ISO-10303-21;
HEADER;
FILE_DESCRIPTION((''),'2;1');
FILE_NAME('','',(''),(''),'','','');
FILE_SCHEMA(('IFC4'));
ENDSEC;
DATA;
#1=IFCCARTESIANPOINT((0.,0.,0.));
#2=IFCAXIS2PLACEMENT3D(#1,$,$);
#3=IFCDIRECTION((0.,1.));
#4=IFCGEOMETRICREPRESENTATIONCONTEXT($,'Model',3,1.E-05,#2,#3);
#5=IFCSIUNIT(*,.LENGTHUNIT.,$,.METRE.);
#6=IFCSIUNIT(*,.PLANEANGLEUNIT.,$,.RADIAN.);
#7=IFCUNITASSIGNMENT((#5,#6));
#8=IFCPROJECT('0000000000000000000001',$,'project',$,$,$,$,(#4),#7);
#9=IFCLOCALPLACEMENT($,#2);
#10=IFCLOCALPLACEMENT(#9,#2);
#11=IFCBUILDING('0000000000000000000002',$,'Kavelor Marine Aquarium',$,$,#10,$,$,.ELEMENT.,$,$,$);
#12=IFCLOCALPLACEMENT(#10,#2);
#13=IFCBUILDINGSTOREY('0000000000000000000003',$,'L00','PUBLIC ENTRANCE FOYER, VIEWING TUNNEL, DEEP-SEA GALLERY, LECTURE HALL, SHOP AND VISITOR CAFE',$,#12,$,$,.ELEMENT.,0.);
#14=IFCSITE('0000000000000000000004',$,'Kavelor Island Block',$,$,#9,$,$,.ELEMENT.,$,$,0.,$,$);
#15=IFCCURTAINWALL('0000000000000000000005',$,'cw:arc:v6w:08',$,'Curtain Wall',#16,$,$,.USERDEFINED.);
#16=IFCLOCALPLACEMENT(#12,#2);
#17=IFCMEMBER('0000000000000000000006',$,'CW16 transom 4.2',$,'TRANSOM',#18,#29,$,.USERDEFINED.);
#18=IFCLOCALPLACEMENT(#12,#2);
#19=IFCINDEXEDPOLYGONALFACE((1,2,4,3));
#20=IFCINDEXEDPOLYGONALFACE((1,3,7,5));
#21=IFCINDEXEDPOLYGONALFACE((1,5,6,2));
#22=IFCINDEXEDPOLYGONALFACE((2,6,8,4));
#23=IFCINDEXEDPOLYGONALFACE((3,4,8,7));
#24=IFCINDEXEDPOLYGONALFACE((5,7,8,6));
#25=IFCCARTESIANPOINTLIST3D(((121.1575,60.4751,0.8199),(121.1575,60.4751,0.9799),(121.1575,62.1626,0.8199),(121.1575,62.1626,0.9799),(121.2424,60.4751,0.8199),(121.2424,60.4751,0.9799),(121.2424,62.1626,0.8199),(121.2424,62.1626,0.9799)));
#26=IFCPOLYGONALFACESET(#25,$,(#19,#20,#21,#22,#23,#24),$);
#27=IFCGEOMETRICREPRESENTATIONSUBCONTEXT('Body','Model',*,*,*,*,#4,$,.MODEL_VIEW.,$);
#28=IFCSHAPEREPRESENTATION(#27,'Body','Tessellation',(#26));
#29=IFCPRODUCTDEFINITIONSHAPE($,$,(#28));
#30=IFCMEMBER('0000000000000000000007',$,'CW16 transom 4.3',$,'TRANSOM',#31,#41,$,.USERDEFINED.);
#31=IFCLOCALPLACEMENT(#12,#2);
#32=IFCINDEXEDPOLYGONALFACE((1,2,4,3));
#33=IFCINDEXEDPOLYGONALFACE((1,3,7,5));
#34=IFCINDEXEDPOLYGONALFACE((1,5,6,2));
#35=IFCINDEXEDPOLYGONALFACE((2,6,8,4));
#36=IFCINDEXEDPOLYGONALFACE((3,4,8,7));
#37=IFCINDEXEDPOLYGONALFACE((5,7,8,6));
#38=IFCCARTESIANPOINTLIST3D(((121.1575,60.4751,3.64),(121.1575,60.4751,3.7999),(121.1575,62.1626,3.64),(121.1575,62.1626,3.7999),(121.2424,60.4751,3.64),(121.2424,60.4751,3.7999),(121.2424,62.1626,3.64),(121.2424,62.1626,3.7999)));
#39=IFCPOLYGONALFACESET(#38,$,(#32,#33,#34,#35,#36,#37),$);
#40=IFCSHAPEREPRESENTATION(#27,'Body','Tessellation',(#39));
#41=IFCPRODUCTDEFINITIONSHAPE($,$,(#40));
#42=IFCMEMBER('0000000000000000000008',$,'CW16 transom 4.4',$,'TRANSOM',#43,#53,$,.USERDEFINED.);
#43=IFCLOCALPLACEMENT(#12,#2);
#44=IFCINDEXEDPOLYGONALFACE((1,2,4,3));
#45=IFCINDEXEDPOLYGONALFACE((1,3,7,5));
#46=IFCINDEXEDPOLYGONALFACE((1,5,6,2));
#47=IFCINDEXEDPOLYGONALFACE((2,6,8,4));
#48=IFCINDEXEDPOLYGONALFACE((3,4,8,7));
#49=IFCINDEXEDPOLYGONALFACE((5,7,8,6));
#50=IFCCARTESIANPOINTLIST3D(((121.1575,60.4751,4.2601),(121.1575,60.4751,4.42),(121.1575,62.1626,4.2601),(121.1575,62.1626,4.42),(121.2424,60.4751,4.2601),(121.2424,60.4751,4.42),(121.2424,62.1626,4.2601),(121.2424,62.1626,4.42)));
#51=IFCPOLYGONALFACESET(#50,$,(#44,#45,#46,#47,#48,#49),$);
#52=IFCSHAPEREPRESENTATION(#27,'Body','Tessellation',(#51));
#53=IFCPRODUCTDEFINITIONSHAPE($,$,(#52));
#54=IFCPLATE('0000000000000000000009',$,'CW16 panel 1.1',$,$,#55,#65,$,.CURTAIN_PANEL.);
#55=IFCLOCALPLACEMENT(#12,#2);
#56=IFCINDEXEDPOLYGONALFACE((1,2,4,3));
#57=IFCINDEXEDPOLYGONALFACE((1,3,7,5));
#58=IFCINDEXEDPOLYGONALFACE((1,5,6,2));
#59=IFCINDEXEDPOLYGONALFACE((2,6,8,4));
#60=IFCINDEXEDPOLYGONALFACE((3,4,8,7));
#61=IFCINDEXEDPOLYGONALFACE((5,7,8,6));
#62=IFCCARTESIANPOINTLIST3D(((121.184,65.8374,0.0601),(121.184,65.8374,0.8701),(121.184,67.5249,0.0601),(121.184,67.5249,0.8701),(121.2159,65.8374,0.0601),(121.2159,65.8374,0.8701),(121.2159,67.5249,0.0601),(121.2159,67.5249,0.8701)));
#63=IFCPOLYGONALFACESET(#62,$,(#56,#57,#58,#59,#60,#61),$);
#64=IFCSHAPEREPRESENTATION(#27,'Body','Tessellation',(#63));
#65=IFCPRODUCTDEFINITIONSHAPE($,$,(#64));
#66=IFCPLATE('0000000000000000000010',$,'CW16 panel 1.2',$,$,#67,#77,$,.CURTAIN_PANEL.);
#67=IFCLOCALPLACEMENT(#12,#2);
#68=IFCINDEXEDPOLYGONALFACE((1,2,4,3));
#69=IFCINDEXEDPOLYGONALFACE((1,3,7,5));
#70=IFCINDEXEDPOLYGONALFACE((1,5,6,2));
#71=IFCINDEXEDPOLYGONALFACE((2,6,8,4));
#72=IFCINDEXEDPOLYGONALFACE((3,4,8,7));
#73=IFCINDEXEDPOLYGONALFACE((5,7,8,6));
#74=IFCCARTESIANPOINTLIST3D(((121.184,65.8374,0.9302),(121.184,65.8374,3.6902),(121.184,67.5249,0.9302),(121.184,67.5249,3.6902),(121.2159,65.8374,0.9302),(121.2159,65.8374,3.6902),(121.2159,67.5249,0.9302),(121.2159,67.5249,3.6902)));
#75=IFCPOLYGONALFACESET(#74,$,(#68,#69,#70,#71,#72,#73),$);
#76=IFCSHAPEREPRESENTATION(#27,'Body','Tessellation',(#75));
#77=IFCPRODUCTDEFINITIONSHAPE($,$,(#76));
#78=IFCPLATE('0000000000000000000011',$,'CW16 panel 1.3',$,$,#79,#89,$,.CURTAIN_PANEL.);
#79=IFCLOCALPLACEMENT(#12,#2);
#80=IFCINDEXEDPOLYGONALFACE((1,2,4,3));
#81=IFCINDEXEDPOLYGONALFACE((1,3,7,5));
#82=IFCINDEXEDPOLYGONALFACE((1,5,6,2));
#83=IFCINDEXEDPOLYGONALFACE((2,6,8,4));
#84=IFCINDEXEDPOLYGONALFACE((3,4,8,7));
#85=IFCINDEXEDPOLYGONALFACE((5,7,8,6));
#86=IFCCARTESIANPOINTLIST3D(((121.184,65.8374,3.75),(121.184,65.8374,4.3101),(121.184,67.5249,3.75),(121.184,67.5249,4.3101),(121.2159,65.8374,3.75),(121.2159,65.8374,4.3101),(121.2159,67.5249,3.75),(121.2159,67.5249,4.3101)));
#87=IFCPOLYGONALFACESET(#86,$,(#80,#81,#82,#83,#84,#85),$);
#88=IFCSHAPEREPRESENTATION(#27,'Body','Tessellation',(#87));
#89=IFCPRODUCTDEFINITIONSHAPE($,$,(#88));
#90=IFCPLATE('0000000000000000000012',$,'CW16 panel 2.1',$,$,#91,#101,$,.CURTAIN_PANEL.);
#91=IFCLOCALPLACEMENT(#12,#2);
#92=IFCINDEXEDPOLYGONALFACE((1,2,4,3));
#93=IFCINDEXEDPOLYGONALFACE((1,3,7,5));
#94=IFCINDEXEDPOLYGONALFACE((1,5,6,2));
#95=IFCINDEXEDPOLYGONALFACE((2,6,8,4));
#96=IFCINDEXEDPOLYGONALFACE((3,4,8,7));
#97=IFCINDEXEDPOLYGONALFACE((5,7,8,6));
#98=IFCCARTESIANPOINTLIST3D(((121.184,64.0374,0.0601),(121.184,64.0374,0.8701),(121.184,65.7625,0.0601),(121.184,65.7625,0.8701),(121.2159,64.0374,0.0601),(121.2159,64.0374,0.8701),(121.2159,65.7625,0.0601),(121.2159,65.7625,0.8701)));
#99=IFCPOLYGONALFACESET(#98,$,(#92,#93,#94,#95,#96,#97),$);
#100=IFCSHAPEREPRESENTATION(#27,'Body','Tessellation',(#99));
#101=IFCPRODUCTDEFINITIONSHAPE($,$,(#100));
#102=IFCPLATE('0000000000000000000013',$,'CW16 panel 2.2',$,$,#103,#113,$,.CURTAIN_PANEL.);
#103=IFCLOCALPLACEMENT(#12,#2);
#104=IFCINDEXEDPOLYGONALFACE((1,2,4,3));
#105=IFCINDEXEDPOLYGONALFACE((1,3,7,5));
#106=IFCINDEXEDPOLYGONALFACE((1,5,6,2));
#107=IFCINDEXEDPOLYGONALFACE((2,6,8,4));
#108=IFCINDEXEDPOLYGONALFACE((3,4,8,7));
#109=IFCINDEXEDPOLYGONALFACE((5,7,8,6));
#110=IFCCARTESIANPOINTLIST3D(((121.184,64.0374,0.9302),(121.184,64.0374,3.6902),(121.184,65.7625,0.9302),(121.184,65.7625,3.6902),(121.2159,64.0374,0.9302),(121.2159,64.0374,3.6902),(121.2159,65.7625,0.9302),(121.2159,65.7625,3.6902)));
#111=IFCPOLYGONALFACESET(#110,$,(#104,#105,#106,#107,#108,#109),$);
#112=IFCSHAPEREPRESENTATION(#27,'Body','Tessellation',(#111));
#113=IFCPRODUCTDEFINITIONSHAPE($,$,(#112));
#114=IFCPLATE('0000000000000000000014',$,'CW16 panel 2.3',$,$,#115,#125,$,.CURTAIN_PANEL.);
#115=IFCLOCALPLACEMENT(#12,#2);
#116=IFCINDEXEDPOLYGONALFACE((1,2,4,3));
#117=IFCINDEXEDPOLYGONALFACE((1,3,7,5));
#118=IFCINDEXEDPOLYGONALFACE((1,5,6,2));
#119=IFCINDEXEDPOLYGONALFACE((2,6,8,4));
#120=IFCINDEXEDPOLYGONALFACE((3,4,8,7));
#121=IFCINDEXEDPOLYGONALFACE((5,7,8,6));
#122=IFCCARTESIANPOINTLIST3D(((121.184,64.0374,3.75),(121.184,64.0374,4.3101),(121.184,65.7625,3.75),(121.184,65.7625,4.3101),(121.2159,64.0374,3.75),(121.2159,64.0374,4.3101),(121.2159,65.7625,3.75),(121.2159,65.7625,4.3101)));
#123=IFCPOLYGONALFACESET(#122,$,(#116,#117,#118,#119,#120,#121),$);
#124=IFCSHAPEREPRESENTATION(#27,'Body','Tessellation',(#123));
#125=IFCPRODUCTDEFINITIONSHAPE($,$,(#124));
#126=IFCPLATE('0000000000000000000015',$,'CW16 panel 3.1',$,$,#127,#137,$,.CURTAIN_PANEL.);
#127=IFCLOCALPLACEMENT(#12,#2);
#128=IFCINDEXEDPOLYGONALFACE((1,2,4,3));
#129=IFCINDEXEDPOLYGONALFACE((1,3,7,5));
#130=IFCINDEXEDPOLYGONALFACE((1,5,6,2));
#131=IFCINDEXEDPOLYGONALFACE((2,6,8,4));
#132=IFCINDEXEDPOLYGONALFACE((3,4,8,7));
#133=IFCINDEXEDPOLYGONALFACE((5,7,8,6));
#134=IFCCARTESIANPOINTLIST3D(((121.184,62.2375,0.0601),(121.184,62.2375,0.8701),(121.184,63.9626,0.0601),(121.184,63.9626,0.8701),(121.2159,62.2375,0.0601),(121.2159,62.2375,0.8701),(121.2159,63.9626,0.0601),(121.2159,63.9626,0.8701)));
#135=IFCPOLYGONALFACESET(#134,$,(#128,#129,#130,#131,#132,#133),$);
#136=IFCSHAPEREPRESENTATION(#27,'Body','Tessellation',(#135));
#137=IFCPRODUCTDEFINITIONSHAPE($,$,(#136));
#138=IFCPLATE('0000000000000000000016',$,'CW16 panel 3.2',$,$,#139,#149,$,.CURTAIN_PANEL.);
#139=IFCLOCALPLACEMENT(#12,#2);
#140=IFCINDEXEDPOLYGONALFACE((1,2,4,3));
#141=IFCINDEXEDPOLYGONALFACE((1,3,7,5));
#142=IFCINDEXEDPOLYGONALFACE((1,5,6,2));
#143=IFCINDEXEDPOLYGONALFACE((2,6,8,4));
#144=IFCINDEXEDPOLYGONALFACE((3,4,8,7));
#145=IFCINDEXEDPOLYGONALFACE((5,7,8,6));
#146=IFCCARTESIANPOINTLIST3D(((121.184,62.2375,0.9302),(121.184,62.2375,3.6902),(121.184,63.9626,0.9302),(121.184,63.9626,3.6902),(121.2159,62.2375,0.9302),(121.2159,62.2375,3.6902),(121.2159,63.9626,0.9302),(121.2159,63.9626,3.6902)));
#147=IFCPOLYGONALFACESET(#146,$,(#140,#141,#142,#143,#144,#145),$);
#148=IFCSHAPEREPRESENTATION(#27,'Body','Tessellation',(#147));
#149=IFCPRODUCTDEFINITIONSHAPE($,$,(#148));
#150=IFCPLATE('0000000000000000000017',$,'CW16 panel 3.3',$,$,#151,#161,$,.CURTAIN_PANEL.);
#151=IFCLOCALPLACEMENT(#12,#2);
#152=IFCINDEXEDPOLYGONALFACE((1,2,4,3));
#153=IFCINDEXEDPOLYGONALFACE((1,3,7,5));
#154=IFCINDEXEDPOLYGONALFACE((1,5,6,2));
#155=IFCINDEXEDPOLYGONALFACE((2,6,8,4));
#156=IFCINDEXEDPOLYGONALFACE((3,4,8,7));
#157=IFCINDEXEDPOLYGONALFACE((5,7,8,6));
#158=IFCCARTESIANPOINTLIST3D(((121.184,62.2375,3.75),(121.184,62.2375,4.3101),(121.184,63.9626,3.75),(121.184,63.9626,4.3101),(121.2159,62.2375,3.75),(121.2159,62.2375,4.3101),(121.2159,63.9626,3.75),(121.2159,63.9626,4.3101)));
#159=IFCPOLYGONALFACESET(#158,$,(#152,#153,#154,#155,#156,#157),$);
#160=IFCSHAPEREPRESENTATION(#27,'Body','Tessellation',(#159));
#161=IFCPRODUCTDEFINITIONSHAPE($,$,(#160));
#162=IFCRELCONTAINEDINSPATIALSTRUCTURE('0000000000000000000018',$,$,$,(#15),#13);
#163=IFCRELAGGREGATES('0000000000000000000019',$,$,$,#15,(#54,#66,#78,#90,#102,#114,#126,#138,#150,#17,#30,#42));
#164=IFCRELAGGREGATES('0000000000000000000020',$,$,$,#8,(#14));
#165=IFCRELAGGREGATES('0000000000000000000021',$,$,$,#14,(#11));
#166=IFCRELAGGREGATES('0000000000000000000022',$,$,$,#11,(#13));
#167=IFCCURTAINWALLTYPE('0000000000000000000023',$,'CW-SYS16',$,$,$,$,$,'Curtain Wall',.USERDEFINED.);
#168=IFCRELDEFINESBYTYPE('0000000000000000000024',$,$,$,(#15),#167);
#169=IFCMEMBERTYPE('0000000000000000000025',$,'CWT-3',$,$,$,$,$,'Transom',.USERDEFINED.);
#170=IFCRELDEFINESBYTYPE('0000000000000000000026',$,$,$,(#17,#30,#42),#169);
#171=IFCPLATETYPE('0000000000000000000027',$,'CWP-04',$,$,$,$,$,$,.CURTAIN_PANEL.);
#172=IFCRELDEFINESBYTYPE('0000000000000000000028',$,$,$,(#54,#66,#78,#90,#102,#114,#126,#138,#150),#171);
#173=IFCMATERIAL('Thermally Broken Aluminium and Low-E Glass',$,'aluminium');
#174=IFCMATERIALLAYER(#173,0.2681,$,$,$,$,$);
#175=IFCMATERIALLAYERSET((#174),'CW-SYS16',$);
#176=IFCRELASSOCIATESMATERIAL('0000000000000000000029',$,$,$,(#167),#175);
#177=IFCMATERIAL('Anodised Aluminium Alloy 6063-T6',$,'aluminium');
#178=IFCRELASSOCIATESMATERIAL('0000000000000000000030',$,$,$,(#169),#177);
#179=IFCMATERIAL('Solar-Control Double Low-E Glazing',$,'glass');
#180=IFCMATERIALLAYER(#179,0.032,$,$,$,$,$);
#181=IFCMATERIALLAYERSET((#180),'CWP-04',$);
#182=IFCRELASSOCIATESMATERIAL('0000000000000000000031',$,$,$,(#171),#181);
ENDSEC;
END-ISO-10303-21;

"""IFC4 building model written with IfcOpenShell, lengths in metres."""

from ifc_helpers import new_model, si_unit, direction, frame, origin, origin_2d, place, context, subcontext, project, spatial, rectangle, extrude, material, layer, layer_set, material_profile, profile_set, type_object, element, aggregate, save


model = new_model("IFC4")

# Units and contexts
model_context = context("Model", 3, precision=1e-05, world=origin(), true_north=direction((0.0, 1.0)))
body_context = subcontext(model_context, "Body", "Model", "MODEL_VIEW")
ifc_project = project(units=[si_unit("LENGTHUNIT", "METRE"), si_unit("PLANEANGLEUNIT", "RADIAN")], contexts=[model_context])

# Site, building, storey
site_placement = place(None, origin())
site = spatial("IfcSite", under=ifc_project, at=site_placement, Name="Kavelor Island Block", CompositionType="ELEMENT", RefElevation=0.0)
building_placement = place(site_placement, origin())
building = spatial("IfcBuilding", under=site, at=building_placement, Name="Kavelor Marine Aquarium", CompositionType="ELEMENT")
storey_placement = place(building_placement, origin())
storey = spatial("IfcBuildingStorey", under=building, at=storey_placement, Name="L00", Description="PUBLIC ENTRANCE FOYER, VIEWING TUNNEL, DEEP-SEA GALLERY, LECTURE HALL, SHOP AND VISITOR CAFE", CompositionType="ELEMENT", Elevation=0.0)

# Curtain wall, members, plates
ifc_material_1 = material(Name="Thermally Broken Aluminium and Low-E Glass", Category="aluminium")
ifc_layer_1 = layer(ifc_material_1, 0.2681)
ifc_layer_set_1 = layer_set([ifc_layer_1], Name="CW-SYS16")
curtain_wall_type = type_object("IfcCurtainWallType", Name="CW-SYS16", ElementType="Curtain Wall", PredefinedType="USERDEFINED", material=ifc_layer_set_1)
curtain_wall_placement = place(storey_placement, origin())
curtain_wall = element("IfcCurtainWall", 1, at=curtain_wall_placement, inside=storey, type_object=curtain_wall_type, Name="cw:arc:v6w:08", ObjectType="Curtain Wall", PredefinedType="USERDEFINED")
ifc_material_2 = material(Name="Anodised Aluminium Alloy 6063-T6", Category="aluminium")
ifc_material_profile_1 = material_profile(ifc_material_2, rectangle(XDim=0.085, YDim=0.1599, at=origin_2d()), Name="CW-TRN 85x160")
ifc_profile_set_1 = profile_set([ifc_material_profile_1], Name="Anodised Aluminium Alloy 6063-T6")
member_type_1 = type_object("IfcMemberType", Name="CWT-3", ElementType="Transom", PredefinedType="USERDEFINED", material=ifc_profile_set_1)
member_1_placement = place(storey_placement, frame((121.2, 62.1626, 0.8999), z_axis=(0.0, -1.0, 0.0), x_axis=(1.0, 0.0, 0.0)))
member_1 = element("IfcMember", 2, at=member_1_placement, type_object=member_type_1, Name="CW16 transom 4.2", ObjectType="TRANSOM", PredefinedType="USERDEFINED", context=body_context, shape_type="SweptSolid", body=[
    extrude(rectangle(XDim=0.085, YDim=0.1599, at=origin_2d()), origin(), (0.0, 0.0, 1.0), 1.6875),
])
member_2_placement = place(storey_placement, frame((121.2, 62.1626, 3.72), z_axis=(0.0, -1.0, 0.0), x_axis=(1.0, 0.0, 0.0)))
member_2 = element("IfcMember", 3, at=member_2_placement, type_object=member_type_1, Name="CW16 transom 4.3", ObjectType="TRANSOM", PredefinedType="USERDEFINED", context=body_context, shape_type="SweptSolid", body=[
    extrude(rectangle(XDim=0.085, YDim=0.1599, at=origin_2d()), origin(), (0.0, 0.0, 1.0), 1.6875),
])
member_3_placement = place(storey_placement, frame((121.2, 62.1626, 4.3401), z_axis=(0.0, -1.0, 0.0), x_axis=(1.0, 0.0, 0.0)))
member_3 = element("IfcMember", 4, at=member_3_placement, type_object=member_type_1, Name="CW16 transom 4.4", ObjectType="TRANSOM", PredefinedType="USERDEFINED", context=body_context, shape_type="SweptSolid", body=[
    extrude(rectangle(XDim=0.085, YDim=0.1599, at=origin_2d()), origin(), (0.0, 0.0, 1.0), 1.6875),
])
ifc_material_3 = material(Name="Solar-Control Double Low-E Glazing", Category="glass")
ifc_layer_2 = layer(ifc_material_3, 0.032)
ifc_layer_set_2 = layer_set([ifc_layer_2], Name="CWP-04")
plate_type = type_object("IfcPlateType", Name="CWP-04", PredefinedType="CURTAIN_PANEL", material=ifc_layer_set_2)
plate_1_placement = place(storey_placement, frame((121.2, 66.6812, 0.0601), z_axis=(0.0, 0.0, 1.0), x_axis=(0.0, -1.0, 0.0)))
plate_1 = element("IfcPlate", 5, at=plate_1_placement, type_object=plate_type, Name="CW16 panel 1.1", PredefinedType="CURTAIN_PANEL", context=body_context, shape_type="SweptSolid", body=[
    extrude(rectangle(XDim=1.6875, YDim=0.032, at=origin_2d()), origin(), (0.0, 0.0, 1.0), 0.8101),
])
plate_2_placement = place(storey_placement, frame((121.2, 66.6812, 0.9302), z_axis=(0.0, 0.0, 1.0), x_axis=(0.0, -1.0, 0.0)))
plate_2 = element("IfcPlate", 6, at=plate_2_placement, type_object=plate_type, Name="CW16 panel 1.2", PredefinedType="CURTAIN_PANEL", context=body_context, shape_type="SweptSolid", body=[
    extrude(rectangle(XDim=1.6875, YDim=0.032, at=origin_2d()), origin(), (0.0, 0.0, 1.0), 2.76),
])
plate_3_placement = place(storey_placement, frame((121.2, 66.6812, 3.75), z_axis=(0.0, 0.0, 1.0), x_axis=(0.0, -1.0, 0.0)))
plate_3 = element("IfcPlate", 7, at=plate_3_placement, type_object=plate_type, Name="CW16 panel 1.3", PredefinedType="CURTAIN_PANEL", context=body_context, shape_type="SweptSolid", body=[
    extrude(rectangle(XDim=1.6875, YDim=0.032, at=origin_2d()), origin(), (0.0, 0.0, 1.0), 0.5601),
])
plate_4_placement = place(storey_placement, frame((121.2, 64.8999, 0.0601), z_axis=(0.0, 0.0, 1.0), x_axis=(0.0, -1.0, 0.0)))
plate_4 = element("IfcPlate", 8, at=plate_4_placement, type_object=plate_type, Name="CW16 panel 2.1", PredefinedType="CURTAIN_PANEL", context=body_context, shape_type="SweptSolid", body=[
    extrude(rectangle(XDim=1.7251, YDim=0.032, at=origin_2d()), origin(), (0.0, 0.0, 1.0), 0.8101),
])
plate_5_placement = place(storey_placement, frame((121.2, 64.8999, 0.9302), z_axis=(0.0, 0.0, 1.0), x_axis=(0.0, -1.0, 0.0)))
plate_5 = element("IfcPlate", 9, at=plate_5_placement, type_object=plate_type, Name="CW16 panel 2.2", PredefinedType="CURTAIN_PANEL", context=body_context, shape_type="SweptSolid", body=[
    extrude(rectangle(XDim=1.7251, YDim=0.032, at=origin_2d()), origin(), (0.0, 0.0, 1.0), 2.76),
])
plate_6_placement = place(storey_placement, frame((121.2, 64.8999, 3.75), z_axis=(0.0, 0.0, 1.0), x_axis=(0.0, -1.0, 0.0)))
plate_6 = element("IfcPlate", 10, at=plate_6_placement, type_object=plate_type, Name="CW16 panel 2.3", PredefinedType="CURTAIN_PANEL", context=body_context, shape_type="SweptSolid", body=[
    extrude(rectangle(XDim=1.7251, YDim=0.032, at=origin_2d()), origin(), (0.0, 0.0, 1.0), 0.5601),
])
plate_7_placement = place(storey_placement, frame((121.2, 63.1001, 0.0601), z_axis=(0.0, 0.0, 1.0), x_axis=(0.0, -1.0, 0.0)))
plate_7 = element("IfcPlate", 11, at=plate_7_placement, type_object=plate_type, Name="CW16 panel 3.1", PredefinedType="CURTAIN_PANEL", context=body_context, shape_type="SweptSolid", body=[
    extrude(rectangle(XDim=1.7251, YDim=0.032, at=origin_2d()), origin(), (0.0, 0.0, 1.0), 0.8101),
])
plate_8_placement = place(storey_placement, frame((121.2, 63.1001, 0.9302), z_axis=(0.0, 0.0, 1.0), x_axis=(0.0, -1.0, 0.0)))
plate_8 = element("IfcPlate", 12, at=plate_8_placement, type_object=plate_type, Name="CW16 panel 3.2", PredefinedType="CURTAIN_PANEL", context=body_context, shape_type="SweptSolid", body=[
    extrude(rectangle(XDim=1.7251, YDim=0.032, at=origin_2d()), origin(), (0.0, 0.0, 1.0), 2.76),
])
plate_9_placement = place(storey_placement, frame((121.2, 63.1001, 3.75), z_axis=(0.0, 0.0, 1.0), x_axis=(0.0, -1.0, 0.0)))
plate_9 = element("IfcPlate", 13, at=plate_9_placement, type_object=plate_type, Name="CW16 panel 3.3", PredefinedType="CURTAIN_PANEL", context=body_context, shape_type="SweptSolid", body=[
    extrude(rectangle(XDim=1.7251, YDim=0.032, at=origin_2d()), origin(), (0.0, 0.0, 1.0), 0.5601),
])
aggregate(curtain_wall, [plate_1, plate_2, plate_3, plate_4, plate_5, plate_6, plate_7, plate_8, plate_9, member_1, member_2, member_3])

save(model, "model.ifc")
